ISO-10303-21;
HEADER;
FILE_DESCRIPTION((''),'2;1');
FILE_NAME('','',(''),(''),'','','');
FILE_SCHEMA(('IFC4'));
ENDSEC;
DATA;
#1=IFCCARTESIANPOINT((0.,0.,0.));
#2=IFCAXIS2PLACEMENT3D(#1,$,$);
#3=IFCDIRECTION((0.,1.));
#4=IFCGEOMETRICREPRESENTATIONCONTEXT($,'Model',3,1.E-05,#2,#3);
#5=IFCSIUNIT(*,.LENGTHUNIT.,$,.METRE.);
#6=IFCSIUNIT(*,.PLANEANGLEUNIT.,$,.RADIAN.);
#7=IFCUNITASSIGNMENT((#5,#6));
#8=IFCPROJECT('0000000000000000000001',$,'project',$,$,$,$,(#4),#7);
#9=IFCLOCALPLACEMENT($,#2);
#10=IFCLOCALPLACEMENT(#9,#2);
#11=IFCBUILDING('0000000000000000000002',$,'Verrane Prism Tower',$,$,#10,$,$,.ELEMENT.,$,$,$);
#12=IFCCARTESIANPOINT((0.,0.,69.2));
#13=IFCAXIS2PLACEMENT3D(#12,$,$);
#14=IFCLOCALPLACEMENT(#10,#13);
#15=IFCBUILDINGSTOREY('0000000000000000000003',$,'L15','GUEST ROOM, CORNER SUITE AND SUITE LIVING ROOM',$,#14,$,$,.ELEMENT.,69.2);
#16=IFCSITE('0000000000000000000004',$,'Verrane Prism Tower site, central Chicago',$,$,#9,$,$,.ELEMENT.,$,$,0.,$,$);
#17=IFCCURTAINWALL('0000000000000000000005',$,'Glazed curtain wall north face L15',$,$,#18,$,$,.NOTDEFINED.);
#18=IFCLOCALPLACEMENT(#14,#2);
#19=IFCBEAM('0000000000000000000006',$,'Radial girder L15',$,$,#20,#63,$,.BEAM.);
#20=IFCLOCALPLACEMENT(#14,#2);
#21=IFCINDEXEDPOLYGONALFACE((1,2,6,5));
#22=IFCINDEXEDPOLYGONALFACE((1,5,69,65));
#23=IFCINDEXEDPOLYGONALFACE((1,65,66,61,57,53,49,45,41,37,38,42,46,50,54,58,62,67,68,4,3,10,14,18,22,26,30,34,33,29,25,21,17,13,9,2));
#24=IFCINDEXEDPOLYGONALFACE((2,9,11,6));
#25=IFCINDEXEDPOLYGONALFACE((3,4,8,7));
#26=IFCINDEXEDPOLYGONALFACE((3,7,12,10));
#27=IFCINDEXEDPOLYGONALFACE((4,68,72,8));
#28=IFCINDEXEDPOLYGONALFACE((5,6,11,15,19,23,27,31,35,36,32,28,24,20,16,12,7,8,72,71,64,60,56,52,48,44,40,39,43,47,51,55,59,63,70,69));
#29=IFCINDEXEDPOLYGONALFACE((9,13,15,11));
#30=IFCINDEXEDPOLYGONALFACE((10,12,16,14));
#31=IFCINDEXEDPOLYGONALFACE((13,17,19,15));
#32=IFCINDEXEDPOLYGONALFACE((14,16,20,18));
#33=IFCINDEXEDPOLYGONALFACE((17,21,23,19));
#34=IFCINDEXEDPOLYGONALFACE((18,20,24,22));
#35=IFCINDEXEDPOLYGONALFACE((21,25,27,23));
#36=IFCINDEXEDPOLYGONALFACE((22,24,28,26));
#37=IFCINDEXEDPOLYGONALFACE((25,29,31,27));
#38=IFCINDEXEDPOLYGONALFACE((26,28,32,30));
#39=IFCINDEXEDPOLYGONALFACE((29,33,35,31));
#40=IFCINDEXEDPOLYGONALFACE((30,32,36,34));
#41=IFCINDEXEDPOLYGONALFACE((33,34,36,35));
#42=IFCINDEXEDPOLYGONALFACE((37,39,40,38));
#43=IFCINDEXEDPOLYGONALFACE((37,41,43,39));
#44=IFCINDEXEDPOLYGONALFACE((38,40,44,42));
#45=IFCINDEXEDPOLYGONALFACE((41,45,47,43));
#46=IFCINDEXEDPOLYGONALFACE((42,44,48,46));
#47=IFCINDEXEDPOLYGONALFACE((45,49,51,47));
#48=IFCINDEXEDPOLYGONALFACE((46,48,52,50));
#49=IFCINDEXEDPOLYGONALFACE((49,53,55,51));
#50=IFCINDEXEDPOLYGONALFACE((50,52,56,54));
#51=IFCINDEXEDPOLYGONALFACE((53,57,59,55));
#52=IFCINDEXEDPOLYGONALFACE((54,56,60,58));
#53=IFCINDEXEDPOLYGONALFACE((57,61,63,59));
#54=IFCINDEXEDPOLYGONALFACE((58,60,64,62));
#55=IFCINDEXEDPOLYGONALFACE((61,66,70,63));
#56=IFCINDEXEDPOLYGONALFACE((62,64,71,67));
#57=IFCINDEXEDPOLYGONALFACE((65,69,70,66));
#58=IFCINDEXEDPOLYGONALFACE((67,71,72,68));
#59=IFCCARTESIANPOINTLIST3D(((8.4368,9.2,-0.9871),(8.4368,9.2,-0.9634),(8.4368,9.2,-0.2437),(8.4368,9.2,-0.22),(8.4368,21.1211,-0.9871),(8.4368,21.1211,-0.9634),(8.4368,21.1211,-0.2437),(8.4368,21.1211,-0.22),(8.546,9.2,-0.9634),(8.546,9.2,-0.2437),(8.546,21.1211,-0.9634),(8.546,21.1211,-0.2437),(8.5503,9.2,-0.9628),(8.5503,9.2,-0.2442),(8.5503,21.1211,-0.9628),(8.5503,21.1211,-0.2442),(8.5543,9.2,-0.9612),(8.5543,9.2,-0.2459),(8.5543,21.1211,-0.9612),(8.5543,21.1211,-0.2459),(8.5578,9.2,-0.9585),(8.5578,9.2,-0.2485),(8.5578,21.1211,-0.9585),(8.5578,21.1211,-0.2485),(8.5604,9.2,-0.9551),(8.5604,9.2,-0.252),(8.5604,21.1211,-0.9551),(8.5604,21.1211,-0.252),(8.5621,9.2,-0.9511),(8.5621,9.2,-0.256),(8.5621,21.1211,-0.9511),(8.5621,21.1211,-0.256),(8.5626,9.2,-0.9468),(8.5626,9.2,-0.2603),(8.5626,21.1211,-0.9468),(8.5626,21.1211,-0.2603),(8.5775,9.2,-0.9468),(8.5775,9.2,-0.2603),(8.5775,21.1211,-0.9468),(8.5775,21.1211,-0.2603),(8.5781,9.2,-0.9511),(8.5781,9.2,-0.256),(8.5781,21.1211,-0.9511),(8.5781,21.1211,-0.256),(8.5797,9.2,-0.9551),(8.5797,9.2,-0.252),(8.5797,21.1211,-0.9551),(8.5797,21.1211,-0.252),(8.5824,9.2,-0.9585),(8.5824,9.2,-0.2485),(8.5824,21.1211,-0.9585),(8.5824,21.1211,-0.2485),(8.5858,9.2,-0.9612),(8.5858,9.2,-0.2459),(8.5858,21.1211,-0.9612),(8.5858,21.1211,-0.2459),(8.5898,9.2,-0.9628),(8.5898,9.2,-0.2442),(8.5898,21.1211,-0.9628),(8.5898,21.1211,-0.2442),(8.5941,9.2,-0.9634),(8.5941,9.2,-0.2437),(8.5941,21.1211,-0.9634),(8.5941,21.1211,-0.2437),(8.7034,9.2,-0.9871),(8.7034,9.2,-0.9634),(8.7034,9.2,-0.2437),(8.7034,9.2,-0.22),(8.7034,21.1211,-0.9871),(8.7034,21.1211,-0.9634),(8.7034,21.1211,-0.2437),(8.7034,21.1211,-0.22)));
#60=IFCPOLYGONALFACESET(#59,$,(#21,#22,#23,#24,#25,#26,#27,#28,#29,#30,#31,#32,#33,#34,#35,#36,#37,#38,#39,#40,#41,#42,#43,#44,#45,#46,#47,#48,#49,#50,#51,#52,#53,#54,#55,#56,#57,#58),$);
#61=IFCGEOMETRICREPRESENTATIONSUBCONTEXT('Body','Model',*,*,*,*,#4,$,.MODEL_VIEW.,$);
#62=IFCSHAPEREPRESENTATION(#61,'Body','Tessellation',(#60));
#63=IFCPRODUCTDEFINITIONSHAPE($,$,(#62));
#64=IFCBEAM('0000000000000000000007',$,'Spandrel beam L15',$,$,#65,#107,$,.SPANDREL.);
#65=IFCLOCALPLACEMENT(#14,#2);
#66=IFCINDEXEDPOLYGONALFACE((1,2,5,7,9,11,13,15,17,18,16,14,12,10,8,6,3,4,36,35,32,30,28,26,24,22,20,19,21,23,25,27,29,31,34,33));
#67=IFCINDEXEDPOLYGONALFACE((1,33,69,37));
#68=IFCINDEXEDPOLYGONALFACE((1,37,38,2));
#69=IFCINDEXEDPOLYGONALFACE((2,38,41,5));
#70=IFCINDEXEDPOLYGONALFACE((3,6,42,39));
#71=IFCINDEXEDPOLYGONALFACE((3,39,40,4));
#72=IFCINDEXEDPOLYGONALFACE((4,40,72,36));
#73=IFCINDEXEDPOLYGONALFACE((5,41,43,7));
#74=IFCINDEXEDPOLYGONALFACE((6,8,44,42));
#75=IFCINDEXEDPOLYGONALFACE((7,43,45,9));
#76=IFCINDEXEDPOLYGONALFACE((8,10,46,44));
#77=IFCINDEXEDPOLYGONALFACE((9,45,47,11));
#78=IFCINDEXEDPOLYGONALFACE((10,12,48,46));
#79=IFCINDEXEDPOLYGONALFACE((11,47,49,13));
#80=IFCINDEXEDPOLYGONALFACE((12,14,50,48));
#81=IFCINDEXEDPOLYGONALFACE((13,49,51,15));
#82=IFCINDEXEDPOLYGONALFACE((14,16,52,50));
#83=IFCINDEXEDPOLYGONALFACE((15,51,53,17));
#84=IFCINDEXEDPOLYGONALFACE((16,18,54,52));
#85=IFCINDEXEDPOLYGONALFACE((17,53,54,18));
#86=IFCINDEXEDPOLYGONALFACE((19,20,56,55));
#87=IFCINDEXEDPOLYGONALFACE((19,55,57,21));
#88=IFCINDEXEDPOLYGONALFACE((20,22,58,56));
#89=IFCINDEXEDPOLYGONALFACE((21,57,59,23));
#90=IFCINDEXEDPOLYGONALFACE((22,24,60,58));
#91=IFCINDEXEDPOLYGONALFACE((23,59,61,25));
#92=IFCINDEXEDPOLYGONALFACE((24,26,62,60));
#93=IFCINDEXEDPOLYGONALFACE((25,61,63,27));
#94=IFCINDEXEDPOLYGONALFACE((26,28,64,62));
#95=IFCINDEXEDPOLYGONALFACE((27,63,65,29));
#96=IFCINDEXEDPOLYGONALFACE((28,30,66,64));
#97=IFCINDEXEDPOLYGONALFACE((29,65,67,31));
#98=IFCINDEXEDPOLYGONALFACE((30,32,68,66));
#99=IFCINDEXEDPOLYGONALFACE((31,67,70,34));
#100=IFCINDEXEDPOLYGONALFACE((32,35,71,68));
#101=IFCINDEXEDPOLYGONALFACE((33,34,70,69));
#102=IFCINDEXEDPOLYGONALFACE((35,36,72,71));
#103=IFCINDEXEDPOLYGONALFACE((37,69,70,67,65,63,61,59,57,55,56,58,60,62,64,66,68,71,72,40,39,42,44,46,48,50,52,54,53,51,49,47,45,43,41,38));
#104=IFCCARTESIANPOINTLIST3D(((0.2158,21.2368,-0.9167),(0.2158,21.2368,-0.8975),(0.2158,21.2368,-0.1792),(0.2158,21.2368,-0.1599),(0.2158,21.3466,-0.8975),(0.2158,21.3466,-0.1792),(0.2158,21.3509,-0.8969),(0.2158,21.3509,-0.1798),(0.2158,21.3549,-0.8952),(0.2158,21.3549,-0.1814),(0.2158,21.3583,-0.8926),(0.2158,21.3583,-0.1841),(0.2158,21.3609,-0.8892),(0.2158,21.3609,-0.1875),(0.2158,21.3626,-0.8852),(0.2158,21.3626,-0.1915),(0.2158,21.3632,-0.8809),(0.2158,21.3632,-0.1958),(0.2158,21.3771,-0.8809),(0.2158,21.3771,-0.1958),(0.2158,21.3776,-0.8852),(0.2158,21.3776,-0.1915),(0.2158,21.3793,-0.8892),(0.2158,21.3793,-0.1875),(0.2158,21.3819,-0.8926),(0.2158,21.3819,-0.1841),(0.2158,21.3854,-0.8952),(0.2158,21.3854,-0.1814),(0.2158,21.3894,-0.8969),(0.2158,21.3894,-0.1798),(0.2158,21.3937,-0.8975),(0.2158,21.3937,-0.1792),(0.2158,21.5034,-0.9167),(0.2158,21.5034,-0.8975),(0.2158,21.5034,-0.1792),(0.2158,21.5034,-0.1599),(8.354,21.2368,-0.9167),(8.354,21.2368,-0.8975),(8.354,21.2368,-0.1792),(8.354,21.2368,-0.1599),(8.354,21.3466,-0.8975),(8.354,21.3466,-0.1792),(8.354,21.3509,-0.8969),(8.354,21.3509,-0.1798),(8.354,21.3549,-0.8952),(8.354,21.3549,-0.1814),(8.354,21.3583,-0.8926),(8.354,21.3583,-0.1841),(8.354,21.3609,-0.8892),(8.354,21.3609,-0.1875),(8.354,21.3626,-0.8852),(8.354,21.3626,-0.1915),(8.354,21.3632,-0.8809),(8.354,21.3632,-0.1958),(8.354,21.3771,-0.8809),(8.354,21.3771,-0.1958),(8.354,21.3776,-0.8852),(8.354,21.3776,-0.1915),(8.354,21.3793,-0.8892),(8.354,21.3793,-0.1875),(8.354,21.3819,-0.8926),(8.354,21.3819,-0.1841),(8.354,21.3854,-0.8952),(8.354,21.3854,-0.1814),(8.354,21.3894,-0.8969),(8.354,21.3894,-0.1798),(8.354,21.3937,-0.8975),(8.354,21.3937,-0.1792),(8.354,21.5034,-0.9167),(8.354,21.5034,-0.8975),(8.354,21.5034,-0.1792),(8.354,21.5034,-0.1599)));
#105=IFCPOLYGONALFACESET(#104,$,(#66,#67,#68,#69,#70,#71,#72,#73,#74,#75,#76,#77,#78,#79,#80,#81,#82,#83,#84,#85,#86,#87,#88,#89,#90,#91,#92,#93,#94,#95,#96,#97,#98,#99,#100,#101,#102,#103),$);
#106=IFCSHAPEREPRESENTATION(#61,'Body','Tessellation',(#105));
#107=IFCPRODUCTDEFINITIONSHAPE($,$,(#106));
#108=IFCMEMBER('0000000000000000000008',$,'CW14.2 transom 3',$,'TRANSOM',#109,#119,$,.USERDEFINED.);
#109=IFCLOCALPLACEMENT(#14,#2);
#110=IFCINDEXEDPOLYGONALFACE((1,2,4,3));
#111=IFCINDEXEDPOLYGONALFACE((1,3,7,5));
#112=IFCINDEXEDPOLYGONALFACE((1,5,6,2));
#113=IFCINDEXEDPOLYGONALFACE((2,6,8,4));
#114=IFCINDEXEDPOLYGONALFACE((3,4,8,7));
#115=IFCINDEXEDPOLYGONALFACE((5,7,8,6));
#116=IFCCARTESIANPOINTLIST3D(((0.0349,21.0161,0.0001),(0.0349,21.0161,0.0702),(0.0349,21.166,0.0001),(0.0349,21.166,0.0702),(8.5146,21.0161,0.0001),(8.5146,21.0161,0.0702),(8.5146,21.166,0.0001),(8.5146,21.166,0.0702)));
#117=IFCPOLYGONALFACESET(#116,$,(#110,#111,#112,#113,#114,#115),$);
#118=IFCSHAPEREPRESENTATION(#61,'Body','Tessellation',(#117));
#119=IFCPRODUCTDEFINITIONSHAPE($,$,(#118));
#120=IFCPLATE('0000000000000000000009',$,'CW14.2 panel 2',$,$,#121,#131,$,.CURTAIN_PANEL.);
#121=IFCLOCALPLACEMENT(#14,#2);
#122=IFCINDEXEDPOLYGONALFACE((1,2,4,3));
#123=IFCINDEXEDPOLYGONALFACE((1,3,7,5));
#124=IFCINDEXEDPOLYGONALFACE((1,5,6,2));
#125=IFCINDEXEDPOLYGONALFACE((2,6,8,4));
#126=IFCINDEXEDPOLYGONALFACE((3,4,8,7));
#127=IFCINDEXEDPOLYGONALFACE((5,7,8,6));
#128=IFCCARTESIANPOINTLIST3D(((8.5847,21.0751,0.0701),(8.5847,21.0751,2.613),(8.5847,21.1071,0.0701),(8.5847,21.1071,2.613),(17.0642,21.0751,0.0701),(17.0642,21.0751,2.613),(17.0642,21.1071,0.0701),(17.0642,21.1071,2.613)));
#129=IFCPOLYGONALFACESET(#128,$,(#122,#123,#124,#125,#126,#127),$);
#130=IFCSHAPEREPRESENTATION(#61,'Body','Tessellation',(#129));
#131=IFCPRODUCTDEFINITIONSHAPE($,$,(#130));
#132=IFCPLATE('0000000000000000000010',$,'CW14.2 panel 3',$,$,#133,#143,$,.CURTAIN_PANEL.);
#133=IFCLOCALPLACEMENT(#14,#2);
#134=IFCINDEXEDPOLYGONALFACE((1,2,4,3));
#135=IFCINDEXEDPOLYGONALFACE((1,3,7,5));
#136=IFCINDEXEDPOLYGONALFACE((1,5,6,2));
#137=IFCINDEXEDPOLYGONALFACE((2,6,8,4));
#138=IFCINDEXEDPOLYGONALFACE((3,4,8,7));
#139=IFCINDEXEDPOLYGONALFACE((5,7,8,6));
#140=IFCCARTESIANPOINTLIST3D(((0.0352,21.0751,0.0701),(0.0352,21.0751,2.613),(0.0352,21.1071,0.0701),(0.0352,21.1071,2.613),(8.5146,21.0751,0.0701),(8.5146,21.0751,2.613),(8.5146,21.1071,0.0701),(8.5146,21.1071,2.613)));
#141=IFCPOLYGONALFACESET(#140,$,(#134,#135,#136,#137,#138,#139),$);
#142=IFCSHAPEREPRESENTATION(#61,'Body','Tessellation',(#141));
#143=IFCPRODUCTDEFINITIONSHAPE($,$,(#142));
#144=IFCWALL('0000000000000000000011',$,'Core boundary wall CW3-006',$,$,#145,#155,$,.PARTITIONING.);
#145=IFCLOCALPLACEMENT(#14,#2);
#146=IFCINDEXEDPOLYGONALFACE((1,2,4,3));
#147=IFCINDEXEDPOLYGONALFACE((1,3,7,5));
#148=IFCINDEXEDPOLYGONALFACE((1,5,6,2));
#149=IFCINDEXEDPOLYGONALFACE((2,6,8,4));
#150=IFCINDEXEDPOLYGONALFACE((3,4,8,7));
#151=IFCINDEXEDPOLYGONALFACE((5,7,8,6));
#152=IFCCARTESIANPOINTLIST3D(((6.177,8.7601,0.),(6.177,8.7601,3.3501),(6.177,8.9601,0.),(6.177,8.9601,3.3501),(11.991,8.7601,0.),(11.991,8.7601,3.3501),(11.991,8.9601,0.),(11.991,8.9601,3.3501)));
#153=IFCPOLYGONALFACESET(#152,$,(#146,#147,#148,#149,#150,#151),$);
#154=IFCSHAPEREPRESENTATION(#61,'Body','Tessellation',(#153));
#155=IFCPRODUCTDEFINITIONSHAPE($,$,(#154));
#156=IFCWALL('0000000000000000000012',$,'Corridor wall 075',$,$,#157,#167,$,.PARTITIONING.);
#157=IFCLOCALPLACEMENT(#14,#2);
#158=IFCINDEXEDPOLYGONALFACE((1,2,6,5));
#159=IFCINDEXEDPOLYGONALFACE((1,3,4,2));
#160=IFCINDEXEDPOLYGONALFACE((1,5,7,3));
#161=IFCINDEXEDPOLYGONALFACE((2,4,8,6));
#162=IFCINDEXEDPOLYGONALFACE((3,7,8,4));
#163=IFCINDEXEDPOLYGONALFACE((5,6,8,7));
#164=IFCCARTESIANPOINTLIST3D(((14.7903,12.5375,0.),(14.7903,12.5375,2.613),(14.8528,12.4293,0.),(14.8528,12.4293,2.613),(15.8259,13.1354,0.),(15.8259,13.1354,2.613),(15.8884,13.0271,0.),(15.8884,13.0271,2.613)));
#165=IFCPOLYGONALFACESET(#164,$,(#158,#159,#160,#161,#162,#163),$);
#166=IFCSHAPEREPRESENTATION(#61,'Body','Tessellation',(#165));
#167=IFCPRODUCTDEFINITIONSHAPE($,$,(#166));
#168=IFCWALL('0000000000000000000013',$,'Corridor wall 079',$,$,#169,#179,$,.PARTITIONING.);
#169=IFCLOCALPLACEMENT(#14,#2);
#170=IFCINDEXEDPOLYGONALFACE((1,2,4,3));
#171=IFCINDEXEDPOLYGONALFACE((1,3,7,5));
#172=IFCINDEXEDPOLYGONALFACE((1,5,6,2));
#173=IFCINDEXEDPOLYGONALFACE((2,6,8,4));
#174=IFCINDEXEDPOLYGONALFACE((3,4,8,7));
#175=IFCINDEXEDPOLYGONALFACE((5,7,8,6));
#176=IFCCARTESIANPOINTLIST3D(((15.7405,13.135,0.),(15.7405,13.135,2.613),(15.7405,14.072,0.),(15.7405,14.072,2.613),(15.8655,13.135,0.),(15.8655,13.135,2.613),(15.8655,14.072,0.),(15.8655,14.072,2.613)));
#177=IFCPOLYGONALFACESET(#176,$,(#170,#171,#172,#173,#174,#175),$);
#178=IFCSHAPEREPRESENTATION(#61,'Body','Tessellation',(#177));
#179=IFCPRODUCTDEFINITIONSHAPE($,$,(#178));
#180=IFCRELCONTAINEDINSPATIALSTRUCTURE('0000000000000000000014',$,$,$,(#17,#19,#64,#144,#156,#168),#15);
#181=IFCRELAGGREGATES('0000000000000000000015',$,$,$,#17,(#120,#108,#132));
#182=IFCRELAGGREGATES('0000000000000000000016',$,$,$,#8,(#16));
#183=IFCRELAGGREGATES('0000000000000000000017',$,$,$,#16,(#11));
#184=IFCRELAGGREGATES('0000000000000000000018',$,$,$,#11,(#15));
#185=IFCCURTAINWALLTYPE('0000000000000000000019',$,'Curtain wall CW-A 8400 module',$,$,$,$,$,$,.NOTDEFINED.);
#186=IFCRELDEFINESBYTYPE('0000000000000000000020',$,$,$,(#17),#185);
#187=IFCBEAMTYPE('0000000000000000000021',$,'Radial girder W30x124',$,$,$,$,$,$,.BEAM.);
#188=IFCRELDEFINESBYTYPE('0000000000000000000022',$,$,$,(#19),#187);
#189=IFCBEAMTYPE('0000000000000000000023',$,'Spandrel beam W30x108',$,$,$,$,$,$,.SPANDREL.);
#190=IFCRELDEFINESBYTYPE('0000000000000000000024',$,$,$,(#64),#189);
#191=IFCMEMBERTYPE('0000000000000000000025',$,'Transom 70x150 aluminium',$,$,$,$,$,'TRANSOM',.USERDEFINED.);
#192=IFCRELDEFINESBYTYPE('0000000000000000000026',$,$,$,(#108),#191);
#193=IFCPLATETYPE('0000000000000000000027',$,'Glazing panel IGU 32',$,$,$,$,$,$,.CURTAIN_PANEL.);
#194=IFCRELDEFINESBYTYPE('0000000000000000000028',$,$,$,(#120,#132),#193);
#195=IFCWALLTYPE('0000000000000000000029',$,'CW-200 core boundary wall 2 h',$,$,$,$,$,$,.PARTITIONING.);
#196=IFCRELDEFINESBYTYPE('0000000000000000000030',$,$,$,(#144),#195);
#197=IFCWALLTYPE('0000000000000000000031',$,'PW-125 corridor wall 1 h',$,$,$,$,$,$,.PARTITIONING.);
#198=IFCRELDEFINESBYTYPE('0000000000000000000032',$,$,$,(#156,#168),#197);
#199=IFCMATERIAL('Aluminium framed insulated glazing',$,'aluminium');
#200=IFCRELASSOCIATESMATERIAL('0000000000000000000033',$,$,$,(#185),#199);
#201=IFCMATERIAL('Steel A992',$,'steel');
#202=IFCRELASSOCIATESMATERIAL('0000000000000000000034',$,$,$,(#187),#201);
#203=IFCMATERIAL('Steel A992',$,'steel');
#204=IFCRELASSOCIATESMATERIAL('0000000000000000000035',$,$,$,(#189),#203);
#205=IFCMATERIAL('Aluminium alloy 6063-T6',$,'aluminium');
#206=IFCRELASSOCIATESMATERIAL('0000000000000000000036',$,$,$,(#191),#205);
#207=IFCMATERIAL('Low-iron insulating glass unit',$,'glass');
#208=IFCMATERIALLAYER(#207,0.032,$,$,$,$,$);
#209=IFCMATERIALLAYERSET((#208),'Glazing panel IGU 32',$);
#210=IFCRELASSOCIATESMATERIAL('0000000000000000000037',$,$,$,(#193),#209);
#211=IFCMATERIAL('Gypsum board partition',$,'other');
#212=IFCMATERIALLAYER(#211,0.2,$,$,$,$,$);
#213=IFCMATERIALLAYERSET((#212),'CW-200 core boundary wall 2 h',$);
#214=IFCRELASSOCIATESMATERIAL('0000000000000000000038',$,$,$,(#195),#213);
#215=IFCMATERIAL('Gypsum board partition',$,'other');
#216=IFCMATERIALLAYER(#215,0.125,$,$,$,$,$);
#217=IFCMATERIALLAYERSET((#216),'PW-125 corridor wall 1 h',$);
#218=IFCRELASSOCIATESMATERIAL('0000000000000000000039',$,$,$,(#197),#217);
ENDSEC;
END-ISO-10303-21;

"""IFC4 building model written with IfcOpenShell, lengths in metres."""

from ifc_helpers import new_model, si_unit, direction, frame, frame_2d, origin, origin_2d, place, context, subcontext, project, spatial, rectangle, i_section, extrude, material, layer, layer_set, material_profile, profile_set, type_object, element, aggregate, save


model = new_model("IFC4")

# Units and contexts
model_context = context("Model", 3, precision=1e-05, world=origin(), true_north=direction((0.0, 1.0)))
body_context = subcontext(model_context, "Body", "Model", "MODEL_VIEW")
ifc_project = project(units=[si_unit("LENGTHUNIT", "METRE"), si_unit("PLANEANGLEUNIT", "RADIAN")], contexts=[model_context])

# Site, building, storey
site_placement = place(None, origin())
site = spatial("IfcSite", under=ifc_project, at=site_placement, Name="Verrane Prism Tower site, central Chicago", CompositionType="ELEMENT", RefElevation=0.0)
building_placement = place(site_placement, origin())
building = spatial("IfcBuilding", under=site, at=building_placement, Name="Verrane Prism Tower", CompositionType="ELEMENT")
storey_placement = place(building_placement, frame((0.0, 0.0, 69.2)))
storey = spatial("IfcBuildingStorey", under=building, at=storey_placement, Name="L15", Description="GUEST ROOM, CORNER SUITE AND SUITE LIVING ROOM", CompositionType="ELEMENT", Elevation=69.2)

# Curtain wall
ifc_material_1 = material(Name="Aluminium framed insulated glazing", Category="aluminium")
curtain_wall_type = type_object("IfcCurtainWallType", Name="Curtain wall CW-A 8400 module", PredefinedType="NOTDEFINED", material=ifc_material_1)
curtain_wall_placement = place(storey_placement, origin())
curtain_wall = element("IfcCurtainWall", 1, at=curtain_wall_placement, inside=storey, type_object=curtain_wall_type, Name="Glazed curtain wall north face L15", PredefinedType="NOTDEFINED")

# Beams
ifc_material_2 = material(Name="Steel A992", Category="steel")
ifc_material_profile_1 = material_profile(ifc_material_2, i_section(OverallWidth=0.2666, OverallDepth=0.7671, WebThickness=0.0149, FlangeThickness=0.0237, FilletRadius=0.0166, at=origin_2d()), Name="W30x124")
ifc_profile_set_1 = profile_set([ifc_material_profile_1], Name="Steel A992")
beam_type_1 = type_object("IfcBeamType", Name="Radial girder W30x124", PredefinedType="BEAM", material=ifc_profile_set_1)
beam_1_placement = place(storey_placement, frame((8.5701, 21.1211, -0.6035), z_axis=(0.0, -1.0, 0.0), x_axis=(1.0, 0.0, 0.0)))
element("IfcBeam", 2, at=beam_1_placement, inside=storey, type_object=beam_type_1, Name="Radial girder L15", PredefinedType="BEAM", context=body_context, shape_type="SweptSolid", body=[
    extrude(i_section(OverallWidth=0.2666, OverallDepth=0.7671, WebThickness=0.0149, FlangeThickness=0.0237, FilletRadius=0.0166, at=origin_2d()), origin(), (0.0, 0.0, 1.0), 11.9211),
])
ifc_material_3 = material(Name="Steel A992", Category="steel")
ifc_material_profile_2 = material_profile(ifc_material_3, i_section(OverallWidth=0.2666, OverallDepth=0.7568, WebThickness=0.0139, FlangeThickness=0.0193, FilletRadius=0.0166, at=origin_2d()), Name="W30x108")
ifc_profile_set_2 = profile_set([ifc_material_profile_2], Name="Steel A992")
beam_type_2 = type_object("IfcBeamType", Name="Spandrel beam W30x108", PredefinedType="SPANDREL", material=ifc_profile_set_2)
beam_2_placement = place(storey_placement, frame((8.354, 21.3701, -0.5383), z_axis=(-1.0, 0.0, 0.0), x_axis=(0.0, -1.0, 0.0)))
element("IfcBeam", 3, at=beam_2_placement, inside=storey, type_object=beam_type_2, Name="Spandrel beam L15", PredefinedType="SPANDREL", context=body_context, shape_type="SweptSolid", body=[
    extrude(i_section(OverallWidth=0.2666, OverallDepth=0.7568, WebThickness=0.0139, FlangeThickness=0.0193, FilletRadius=0.0166, at=origin_2d()), origin(), (0.0, 0.0, 1.0), 8.1382),
])

# Member
ifc_material_4 = material(Name="Aluminium alloy 6063-T6", Category="aluminium")
ifc_material_profile_3 = material_profile(ifc_material_4, rectangle(XDim=0.1499, YDim=0.0701, at=origin_2d()), Name="Transom 70x150 aluminium")
ifc_profile_set_3 = profile_set([ifc_material_profile_3], Name="Aluminium alloy 6063-T6")
member_type_1 = type_object("IfcMemberType", Name="Transom 70x150 aluminium", ElementType="TRANSOM", PredefinedType="USERDEFINED", material=ifc_profile_set_3)
member_1_placement = place(storey_placement, frame((8.5146, 21.0911, 0.0352), z_axis=(-1.0, 0.0, 0.0), x_axis=(0.0, -1.0, 0.0)))
member_1 = element("IfcMember", 4, at=member_1_placement, type_object=member_type_1, Name="CW14.2 transom 3", ObjectType="TRANSOM", PredefinedType="USERDEFINED", context=body_context, shape_type="SweptSolid", body=[
    extrude(rectangle(XDim=0.1499, YDim=0.0701, at=origin_2d()), origin(), (0.0, 0.0, 1.0), 8.4797),
])

# Plates
ifc_material_5 = material(Name="Low-iron insulating glass unit", Category="glass")
ifc_layer_1 = layer(ifc_material_5, 0.032)
ifc_layer_set_1 = layer_set([ifc_layer_1], Name="Glazing panel IGU 32")
plate_type = type_object("IfcPlateType", Name="Glazing panel IGU 32", PredefinedType="CURTAIN_PANEL", material=ifc_layer_set_1)
plate_1_placement = place(storey_placement, frame((12.8245, 21.0911, 0.0701), z_axis=(0.0, 0.0, 1.0), x_axis=(-1.0, 0.0, 0.0)))
plate_1 = element("IfcPlate", 5, at=plate_1_placement, type_object=plate_type, Name="CW14.2 panel 2", PredefinedType="CURTAIN_PANEL", context=body_context, shape_type="SweptSolid", body=[
    extrude(rectangle(XDim=8.4795, YDim=0.032, at=origin_2d()), origin(), (0.0, 0.0, 1.0), 2.543),
])
plate_2_placement = place(storey_placement, frame((4.2749, 21.0911, 0.0701), z_axis=(0.0, 0.0, 1.0), x_axis=(-1.0, 0.0, 0.0)))
plate_2 = element("IfcPlate", 6, at=plate_2_placement, type_object=plate_type, Name="CW14.2 panel 3", PredefinedType="CURTAIN_PANEL", context=body_context, shape_type="SweptSolid", body=[
    extrude(rectangle(XDim=8.4795, YDim=0.032, at=origin_2d()), origin(), (0.0, 0.0, 1.0), 2.543),
])
aggregate(curtain_wall, [plate_1, member_1, plate_2])

# Walls
ifc_material_6 = material(Name="Gypsum board partition", Category="other")
ifc_layer_2 = layer(ifc_material_6, 0.2)
ifc_layer_set_2 = layer_set([ifc_layer_2], Name="CW-200 core boundary wall 2 h")
wall_type_1 = type_object("IfcWallType", Name="CW-200 core boundary wall 2 h", PredefinedType="PARTITIONING", material=ifc_layer_set_2)
wall_1_placement = place(storey_placement, frame((6.177, 8.8601, 0.0), z_axis=(0.0, 0.0, 1.0), x_axis=(1.0, 0.0, 0.0)))
element("IfcWall", 7, at=wall_1_placement, inside=storey, type_object=wall_type_1, Name="Core boundary wall CW3-006", PredefinedType="PARTITIONING", context=body_context, shape_type="SweptSolid", body=[
    extrude(rectangle(XDim=5.814, YDim=0.2, at=frame_2d((2.907, 0.0))), origin(), (0.0, 0.0, 1.0), 3.3501),
])
ifc_material_7 = material(Name="Gypsum board partition", Category="other")
ifc_layer_3 = layer(ifc_material_7, 0.125)
ifc_layer_set_3 = layer_set([ifc_layer_3], Name="PW-125 corridor wall 1 h")
wall_type_2 = type_object("IfcWallType", Name="PW-125 corridor wall 1 h", PredefinedType="PARTITIONING", material=ifc_layer_set_3)
wall_2_placement = place(storey_placement, frame((14.8215, 12.4834, 0.0), z_axis=(0.0, 0.0, 1.0), x_axis=(0.866036, 0.499982, 0.0)))
element("IfcWall", 8, at=wall_2_placement, inside=storey, type_object=wall_type_2, Name="Corridor wall 075", PredefinedType="PARTITIONING", context=body_context, shape_type="SweptSolid", body=[
    extrude(rectangle(XDim=1.1958, YDim=0.125, at=frame_2d((0.5979, 0.0))), origin(), (0.0, 0.0, 1.0), 2.613),
])
wall_3_placement = place(storey_placement, frame((15.803, 13.135, 0.0), z_axis=(0.0, 0.0, 1.0), x_axis=(0.0, 1.0, 0.0)))
element("IfcWall", 9, at=wall_3_placement, inside=storey, type_object=wall_type_2, Name="Corridor wall 079", PredefinedType="PARTITIONING", context=body_context, shape_type="SweptSolid", body=[
    extrude(rectangle(XDim=0.937, YDim=0.125, at=frame_2d((0.4685, 0.0))), origin(), (0.0, 0.0, 1.0), 2.613),
])

save(model, "model.ifc")
